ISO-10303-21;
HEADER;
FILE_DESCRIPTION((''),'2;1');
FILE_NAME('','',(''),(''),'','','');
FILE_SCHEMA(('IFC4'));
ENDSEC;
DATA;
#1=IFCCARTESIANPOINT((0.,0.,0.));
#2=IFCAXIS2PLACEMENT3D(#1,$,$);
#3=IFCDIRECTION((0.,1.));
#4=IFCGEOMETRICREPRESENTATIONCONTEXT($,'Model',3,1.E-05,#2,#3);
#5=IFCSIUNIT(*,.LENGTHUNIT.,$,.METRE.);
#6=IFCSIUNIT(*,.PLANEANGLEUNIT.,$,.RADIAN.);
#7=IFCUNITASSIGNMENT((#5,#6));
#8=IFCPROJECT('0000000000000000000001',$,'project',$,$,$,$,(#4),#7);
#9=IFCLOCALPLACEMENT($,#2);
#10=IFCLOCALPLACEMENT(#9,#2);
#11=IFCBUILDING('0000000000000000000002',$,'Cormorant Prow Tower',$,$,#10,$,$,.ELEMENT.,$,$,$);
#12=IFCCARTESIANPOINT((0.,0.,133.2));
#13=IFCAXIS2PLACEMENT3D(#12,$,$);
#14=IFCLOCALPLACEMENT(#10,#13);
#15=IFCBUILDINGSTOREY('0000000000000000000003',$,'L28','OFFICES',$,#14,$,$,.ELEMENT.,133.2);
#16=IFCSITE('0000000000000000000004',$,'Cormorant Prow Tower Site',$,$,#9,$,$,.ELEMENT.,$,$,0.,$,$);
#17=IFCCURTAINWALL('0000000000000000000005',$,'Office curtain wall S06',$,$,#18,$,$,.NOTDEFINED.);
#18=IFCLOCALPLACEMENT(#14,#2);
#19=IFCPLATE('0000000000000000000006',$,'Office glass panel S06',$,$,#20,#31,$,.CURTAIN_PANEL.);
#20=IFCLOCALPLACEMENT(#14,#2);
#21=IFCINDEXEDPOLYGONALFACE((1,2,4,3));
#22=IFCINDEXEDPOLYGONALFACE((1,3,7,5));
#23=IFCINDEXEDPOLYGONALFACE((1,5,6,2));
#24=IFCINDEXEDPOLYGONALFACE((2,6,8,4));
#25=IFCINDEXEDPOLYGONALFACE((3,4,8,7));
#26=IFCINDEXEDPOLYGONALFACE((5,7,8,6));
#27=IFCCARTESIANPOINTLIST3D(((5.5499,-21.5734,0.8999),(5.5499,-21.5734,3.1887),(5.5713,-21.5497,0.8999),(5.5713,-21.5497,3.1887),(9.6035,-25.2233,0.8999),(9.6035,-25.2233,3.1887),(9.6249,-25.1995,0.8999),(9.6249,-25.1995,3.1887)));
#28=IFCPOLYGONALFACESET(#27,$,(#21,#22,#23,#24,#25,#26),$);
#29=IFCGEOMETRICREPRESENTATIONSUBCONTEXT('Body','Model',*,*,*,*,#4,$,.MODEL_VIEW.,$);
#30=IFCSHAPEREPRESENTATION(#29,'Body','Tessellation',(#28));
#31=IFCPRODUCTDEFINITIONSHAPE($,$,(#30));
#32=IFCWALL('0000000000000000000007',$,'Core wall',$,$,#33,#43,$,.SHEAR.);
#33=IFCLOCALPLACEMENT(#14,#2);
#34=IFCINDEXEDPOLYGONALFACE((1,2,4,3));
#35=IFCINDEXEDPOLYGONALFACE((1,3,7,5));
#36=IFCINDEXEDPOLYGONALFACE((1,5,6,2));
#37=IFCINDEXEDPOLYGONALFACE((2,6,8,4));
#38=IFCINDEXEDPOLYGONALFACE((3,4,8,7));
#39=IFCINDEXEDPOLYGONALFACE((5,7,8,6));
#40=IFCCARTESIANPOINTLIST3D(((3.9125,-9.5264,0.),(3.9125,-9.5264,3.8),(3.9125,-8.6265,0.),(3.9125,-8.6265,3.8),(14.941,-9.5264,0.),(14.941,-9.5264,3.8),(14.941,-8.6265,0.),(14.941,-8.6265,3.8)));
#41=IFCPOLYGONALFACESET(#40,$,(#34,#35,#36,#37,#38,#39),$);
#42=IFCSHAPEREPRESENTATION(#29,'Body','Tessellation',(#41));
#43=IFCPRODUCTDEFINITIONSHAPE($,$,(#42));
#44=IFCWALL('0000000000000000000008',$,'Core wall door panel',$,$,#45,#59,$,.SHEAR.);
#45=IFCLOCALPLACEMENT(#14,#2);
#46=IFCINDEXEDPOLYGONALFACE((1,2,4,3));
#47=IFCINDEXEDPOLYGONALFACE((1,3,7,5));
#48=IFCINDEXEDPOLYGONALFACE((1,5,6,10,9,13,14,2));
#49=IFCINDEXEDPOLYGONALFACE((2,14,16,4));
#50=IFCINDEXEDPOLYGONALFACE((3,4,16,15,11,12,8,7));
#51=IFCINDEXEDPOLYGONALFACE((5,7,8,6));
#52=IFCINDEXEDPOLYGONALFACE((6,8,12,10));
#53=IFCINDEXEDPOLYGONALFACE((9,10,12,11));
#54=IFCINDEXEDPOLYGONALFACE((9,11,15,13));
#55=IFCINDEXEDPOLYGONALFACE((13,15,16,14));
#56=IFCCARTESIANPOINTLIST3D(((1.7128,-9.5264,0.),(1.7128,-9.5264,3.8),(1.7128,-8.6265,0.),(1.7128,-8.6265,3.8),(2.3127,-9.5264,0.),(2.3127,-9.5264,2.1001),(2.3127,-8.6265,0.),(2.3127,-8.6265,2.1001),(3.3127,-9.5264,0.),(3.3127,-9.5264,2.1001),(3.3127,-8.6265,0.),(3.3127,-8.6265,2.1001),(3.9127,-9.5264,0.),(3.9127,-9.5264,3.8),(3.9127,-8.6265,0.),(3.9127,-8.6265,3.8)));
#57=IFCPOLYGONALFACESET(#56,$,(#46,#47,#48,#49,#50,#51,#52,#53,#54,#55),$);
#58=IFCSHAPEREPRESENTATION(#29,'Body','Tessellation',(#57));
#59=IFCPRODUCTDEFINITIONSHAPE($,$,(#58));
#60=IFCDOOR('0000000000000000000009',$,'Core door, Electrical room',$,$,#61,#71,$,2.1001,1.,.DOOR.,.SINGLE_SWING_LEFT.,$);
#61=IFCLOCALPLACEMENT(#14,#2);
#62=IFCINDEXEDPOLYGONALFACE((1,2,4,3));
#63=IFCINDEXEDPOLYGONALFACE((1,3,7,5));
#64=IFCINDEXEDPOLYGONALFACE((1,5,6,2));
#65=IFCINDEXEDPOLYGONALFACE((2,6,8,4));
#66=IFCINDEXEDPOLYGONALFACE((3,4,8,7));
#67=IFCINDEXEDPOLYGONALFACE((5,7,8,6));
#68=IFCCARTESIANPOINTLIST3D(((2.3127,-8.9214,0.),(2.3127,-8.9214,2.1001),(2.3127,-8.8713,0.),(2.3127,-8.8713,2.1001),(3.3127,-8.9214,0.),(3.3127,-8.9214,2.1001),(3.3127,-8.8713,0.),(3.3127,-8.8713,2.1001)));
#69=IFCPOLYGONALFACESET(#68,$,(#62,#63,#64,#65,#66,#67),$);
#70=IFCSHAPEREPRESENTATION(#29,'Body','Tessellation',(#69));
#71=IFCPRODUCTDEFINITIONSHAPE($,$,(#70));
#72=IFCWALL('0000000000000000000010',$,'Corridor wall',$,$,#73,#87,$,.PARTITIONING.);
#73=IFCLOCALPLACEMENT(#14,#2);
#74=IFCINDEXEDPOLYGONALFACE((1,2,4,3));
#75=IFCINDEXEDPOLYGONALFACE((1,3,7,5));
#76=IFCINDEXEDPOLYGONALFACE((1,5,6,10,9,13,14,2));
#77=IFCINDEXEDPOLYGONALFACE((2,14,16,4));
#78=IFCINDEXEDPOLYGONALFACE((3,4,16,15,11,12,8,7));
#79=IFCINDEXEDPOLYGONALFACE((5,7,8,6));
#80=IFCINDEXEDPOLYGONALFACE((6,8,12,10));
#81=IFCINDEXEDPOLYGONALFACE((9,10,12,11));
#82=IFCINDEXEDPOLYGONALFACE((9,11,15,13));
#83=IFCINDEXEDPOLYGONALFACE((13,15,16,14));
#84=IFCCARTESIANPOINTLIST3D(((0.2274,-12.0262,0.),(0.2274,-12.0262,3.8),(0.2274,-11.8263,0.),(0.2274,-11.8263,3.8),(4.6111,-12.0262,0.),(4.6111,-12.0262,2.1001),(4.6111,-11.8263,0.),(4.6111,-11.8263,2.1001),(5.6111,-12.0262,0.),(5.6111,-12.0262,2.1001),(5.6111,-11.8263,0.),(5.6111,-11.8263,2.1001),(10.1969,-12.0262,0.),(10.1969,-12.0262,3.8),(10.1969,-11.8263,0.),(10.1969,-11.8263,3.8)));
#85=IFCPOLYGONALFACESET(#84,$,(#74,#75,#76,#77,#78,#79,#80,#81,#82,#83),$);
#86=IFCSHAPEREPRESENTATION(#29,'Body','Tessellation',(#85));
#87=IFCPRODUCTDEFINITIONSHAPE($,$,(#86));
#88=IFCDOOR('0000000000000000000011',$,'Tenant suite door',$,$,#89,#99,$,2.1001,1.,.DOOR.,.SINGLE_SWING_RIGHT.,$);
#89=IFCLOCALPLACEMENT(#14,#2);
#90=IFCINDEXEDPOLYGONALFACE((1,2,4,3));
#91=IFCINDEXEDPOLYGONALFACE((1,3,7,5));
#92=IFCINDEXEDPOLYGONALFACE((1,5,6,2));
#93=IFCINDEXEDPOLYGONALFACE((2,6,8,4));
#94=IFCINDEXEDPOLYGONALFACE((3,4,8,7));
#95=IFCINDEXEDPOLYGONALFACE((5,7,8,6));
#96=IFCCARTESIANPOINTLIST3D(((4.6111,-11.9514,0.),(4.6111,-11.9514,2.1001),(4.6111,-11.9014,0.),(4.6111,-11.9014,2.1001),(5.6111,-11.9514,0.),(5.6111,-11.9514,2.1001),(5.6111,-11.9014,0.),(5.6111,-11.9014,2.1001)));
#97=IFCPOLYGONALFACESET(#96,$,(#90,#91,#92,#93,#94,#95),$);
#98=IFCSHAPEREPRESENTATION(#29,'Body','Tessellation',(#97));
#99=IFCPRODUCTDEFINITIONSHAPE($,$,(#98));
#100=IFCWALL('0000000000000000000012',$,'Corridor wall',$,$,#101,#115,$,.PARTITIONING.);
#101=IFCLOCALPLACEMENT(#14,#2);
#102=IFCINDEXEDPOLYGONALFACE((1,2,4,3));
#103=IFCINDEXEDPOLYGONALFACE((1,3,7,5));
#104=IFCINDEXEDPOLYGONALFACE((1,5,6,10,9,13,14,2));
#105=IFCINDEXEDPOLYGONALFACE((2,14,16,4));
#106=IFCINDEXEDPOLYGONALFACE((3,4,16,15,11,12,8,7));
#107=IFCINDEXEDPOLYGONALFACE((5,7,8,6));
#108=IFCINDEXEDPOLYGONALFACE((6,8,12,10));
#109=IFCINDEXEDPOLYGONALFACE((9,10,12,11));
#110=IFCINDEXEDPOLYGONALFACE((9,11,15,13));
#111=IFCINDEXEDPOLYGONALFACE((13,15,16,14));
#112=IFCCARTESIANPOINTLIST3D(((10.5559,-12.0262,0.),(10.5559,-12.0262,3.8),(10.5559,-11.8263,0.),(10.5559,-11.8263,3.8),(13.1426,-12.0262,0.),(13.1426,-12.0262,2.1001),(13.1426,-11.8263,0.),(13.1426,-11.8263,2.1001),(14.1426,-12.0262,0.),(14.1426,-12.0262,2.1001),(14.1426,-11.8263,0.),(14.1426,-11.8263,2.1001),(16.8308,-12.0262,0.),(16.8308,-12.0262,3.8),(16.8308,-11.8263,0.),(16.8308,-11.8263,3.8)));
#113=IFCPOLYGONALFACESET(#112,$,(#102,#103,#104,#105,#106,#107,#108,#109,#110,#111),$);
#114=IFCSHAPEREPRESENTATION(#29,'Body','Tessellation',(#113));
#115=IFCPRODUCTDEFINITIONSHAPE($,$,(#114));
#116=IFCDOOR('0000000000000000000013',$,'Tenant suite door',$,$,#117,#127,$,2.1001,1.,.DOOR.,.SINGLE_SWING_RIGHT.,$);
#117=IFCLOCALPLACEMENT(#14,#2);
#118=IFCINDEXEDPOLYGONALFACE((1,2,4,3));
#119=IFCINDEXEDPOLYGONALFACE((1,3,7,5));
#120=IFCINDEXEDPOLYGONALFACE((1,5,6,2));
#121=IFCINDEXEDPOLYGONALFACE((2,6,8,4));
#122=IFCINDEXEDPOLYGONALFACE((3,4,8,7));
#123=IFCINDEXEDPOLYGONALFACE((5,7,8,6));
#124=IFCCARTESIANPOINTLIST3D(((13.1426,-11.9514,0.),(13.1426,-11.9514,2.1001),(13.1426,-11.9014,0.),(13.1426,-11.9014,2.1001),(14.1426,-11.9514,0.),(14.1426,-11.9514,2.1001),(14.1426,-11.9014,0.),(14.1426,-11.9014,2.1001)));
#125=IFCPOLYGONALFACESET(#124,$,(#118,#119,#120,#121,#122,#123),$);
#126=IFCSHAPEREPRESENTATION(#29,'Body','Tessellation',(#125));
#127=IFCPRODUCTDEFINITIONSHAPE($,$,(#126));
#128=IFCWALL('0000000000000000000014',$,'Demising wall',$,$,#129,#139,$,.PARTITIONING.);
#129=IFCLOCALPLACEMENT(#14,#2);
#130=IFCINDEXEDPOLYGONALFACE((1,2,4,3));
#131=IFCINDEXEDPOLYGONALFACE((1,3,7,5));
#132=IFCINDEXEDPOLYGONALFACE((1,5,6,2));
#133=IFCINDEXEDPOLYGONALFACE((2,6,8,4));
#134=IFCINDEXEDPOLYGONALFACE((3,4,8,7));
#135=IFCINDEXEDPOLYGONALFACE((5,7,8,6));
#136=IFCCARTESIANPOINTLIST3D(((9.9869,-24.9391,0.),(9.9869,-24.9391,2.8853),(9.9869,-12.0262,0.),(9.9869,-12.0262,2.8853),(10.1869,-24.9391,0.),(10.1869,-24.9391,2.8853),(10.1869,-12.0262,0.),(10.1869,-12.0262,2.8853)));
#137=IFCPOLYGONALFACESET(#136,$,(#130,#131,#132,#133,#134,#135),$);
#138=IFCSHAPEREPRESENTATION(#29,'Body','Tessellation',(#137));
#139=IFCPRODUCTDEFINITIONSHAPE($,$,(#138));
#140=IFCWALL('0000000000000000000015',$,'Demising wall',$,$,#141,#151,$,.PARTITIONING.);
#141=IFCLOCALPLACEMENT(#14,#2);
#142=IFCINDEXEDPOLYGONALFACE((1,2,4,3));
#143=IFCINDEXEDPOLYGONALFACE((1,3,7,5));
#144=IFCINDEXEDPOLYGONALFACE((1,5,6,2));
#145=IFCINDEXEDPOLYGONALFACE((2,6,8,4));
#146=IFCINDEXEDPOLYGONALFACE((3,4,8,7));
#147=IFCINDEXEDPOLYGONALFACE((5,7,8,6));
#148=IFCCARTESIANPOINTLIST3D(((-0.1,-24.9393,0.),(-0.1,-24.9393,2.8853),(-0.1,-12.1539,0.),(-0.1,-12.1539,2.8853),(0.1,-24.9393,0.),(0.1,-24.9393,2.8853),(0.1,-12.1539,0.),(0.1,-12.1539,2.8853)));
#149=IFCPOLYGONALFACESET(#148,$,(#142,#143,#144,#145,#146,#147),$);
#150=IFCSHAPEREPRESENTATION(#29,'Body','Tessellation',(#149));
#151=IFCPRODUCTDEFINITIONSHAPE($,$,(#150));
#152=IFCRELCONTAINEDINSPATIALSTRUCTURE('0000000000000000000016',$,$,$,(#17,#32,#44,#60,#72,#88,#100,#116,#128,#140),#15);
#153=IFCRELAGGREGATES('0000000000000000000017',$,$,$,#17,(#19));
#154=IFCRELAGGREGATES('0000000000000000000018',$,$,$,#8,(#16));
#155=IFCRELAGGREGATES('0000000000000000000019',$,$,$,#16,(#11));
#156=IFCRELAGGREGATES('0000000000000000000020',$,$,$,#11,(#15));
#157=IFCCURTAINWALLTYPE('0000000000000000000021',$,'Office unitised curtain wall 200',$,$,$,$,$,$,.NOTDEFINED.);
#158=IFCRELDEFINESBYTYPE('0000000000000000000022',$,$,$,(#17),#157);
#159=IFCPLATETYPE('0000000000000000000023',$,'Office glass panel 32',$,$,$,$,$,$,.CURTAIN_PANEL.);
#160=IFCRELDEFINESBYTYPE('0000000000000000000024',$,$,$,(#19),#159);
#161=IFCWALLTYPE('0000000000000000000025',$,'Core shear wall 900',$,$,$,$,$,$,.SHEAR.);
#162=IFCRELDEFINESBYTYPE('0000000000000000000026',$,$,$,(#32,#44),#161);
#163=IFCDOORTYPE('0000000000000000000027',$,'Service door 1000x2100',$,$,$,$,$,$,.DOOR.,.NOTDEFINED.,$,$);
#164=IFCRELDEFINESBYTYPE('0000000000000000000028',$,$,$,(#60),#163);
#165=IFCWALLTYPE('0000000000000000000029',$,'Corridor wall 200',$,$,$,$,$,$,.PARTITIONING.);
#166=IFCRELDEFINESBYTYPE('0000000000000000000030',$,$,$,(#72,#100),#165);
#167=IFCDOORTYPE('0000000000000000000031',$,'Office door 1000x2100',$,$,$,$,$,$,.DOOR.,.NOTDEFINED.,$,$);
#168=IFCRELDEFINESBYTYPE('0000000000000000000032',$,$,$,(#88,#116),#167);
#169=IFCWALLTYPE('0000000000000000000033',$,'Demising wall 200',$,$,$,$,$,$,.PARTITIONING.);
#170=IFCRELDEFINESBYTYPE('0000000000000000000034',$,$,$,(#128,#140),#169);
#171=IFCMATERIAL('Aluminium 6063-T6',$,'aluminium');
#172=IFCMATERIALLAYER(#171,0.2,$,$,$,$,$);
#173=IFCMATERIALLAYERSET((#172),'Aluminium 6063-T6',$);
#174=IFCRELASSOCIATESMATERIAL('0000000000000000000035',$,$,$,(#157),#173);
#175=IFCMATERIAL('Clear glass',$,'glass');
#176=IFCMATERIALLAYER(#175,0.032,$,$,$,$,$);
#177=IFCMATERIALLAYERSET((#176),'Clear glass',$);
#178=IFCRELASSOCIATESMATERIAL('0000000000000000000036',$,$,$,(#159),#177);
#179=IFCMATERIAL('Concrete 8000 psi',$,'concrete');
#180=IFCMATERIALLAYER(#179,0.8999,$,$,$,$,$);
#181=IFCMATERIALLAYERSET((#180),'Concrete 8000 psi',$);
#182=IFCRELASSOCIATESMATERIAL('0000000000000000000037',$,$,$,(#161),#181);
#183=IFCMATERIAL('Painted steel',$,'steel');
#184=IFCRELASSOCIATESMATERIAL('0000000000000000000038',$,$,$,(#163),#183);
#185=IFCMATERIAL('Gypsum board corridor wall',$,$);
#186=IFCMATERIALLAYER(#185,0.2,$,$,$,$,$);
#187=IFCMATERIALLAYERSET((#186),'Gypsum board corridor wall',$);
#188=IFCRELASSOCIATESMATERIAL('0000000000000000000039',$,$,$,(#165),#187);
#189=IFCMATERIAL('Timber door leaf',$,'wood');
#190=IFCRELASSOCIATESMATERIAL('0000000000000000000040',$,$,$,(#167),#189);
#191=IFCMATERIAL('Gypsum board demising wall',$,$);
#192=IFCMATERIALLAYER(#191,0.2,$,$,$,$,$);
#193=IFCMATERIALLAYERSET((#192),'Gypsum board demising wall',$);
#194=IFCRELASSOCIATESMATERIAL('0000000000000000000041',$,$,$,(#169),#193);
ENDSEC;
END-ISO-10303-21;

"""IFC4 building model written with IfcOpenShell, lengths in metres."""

from ifc_helpers import new_model, si_unit, direction, frame, frame_2d, origin, origin_2d, place, context, subcontext, project, spatial, rectangle, extrude, material, layer, layer_set, type_object, element, fill, aggregate, save


model = new_model("IFC4")

# Units and contexts
model_context = context("Model", 3, precision=1e-05, world=origin(), true_north=direction((0.0, 1.0)))
body_context = subcontext(model_context, "Body", "Model", "MODEL_VIEW")
ifc_project = project(units=[si_unit("LENGTHUNIT", "METRE"), si_unit("PLANEANGLEUNIT", "RADIAN")], contexts=[model_context])

# Site, building, storey
site_placement = place(None, origin())
site = spatial("IfcSite", under=ifc_project, at=site_placement, Name="Cormorant Prow Tower Site", CompositionType="ELEMENT", RefElevation=0.0)
building_placement = place(site_placement, origin())
building = spatial("IfcBuilding", under=site, at=building_placement, Name="Cormorant Prow Tower", CompositionType="ELEMENT")
storey_placement = place(building_placement, frame((0.0, 0.0, 133.2)))
storey = spatial("IfcBuildingStorey", under=building, at=storey_placement, Name="L28", Description="OFFICES", CompositionType="ELEMENT", Elevation=133.2)

# Curtain wall
ifc_material_1 = material(Name="Aluminium 6063-T6", Category="aluminium")
ifc_layer_1 = layer(ifc_material_1, 0.2)
ifc_layer_set_1 = layer_set([ifc_layer_1], Name="Aluminium 6063-T6")
curtain_wall_type = type_object("IfcCurtainWallType", Name="Office unitised curtain wall 200", PredefinedType="NOTDEFINED", material=ifc_layer_set_1)
curtain_wall_placement = place(storey_placement, origin())
curtain_wall = element("IfcCurtainWall", 1, at=curtain_wall_placement, inside=storey, type_object=curtain_wall_type, Name="Office curtain wall S06", PredefinedType="NOTDEFINED")

# Plate
ifc_material_2 = material(Name="Clear glass", Category="glass")
ifc_layer_2 = layer(ifc_material_2, 0.032)
ifc_layer_set_2 = layer_set([ifc_layer_2], Name="Clear glass")
plate_type = type_object("IfcPlateType", Name="Office glass panel 32", PredefinedType="CURTAIN_PANEL", material=ifc_layer_set_2)
plate_placement = place(storey_placement, frame((7.5874, -23.3865, 0.8999), z_axis=(0.0, 0.0, 1.0), x_axis=(0.743145, -0.669131, 0.0)))
plate = element("IfcPlate", 2, at=plate_placement, type_object=plate_type, Name="Office glass panel S06", PredefinedType="CURTAIN_PANEL", context=body_context, shape_type="SweptSolid", body=[
    extrude(rectangle(XDim=5.4546, YDim=0.032, at=origin_2d()), origin(), (0.0, 0.0, 1.0), 2.2888),
])
aggregate(curtain_wall, [plate])

# Wall
ifc_material_3 = material(Name="Concrete 8000 psi", Category="concrete")
ifc_layer_3 = layer(ifc_material_3, 0.8999)
ifc_layer_set_3 = layer_set([ifc_layer_3], Name="Concrete 8000 psi")
wall_type_1 = type_object("IfcWallType", Name="Core shear wall 900", PredefinedType="SHEAR", material=ifc_layer_set_3)
wall_1_placement = place(storey_placement, frame((3.9126, -9.0764, 0.0), z_axis=(0.0, 0.0, 1.0), x_axis=(1.0, 0.0, 0.0)))
element("IfcWall", 3, at=wall_1_placement, inside=storey, type_object=wall_type_1, Name="Core wall", PredefinedType="SHEAR", context=body_context, shape_type="SweptSolid", body=[
    extrude(rectangle(XDim=11.0286, YDim=0.8999, at=frame_2d((5.5142, 0.0))), origin(), (0.0, 0.0, 1.0), 3.8),
])

# Walls, openings, doors
wall_2_placement = place(storey_placement, frame((1.7126, -9.0764, 0.0), z_axis=(0.0, 0.0, 1.0), x_axis=(1.0, 0.0, 0.0)))
wall_2 = element("IfcWall", 4, at=wall_2_placement, inside=storey, type_object=wall_type_1, Name="Core wall door panel", PredefinedType="SHEAR", context=body_context, shape_type="SweptSolid", body=[
    extrude(rectangle(XDim=2.2, YDim=0.8999, at=frame_2d((1.1001, 0.0))), origin(), (0.0, 0.0, 1.0), 3.8),
])
opening_1_placement = place(wall_2_placement, frame((0.6001, 0.0, 0.0)))
opening_1 = element("IfcOpeningElement", 5, at=opening_1_placement, cuts=wall_2, PredefinedType="OPENING", context=body_context, shape_type="SweptSolid", body=[
    extrude(rectangle(XDim=1.0, YDim=2.1001, at=frame_2d((0.5, 1.05))), frame((0.0, 0.46, 0.0), z_axis=(0.0, -1.0, 0.0), x_axis=(1.0, 0.0, 0.0)), (0.0, 0.0, 1.0), 0.9199),
])
ifc_material_4 = material(Name="Painted steel", Category="steel")
door_type_1 = type_object("IfcDoorType", Name="Service door 1000x2100", OperationType="NOTDEFINED", PredefinedType="DOOR", material=ifc_material_4)
door_1_placement = place(opening_1_placement, origin())
door_1 = element("IfcDoor", 6, at=door_1_placement, inside=storey, type_object=door_type_1, Name="Core door, Electrical room", OperationType="SINGLE_SWING_LEFT", OverallHeight=2.1001, OverallWidth=1.0, PredefinedType="DOOR", context=body_context, shape_type="SweptSolid", body=[
    extrude(rectangle(XDim=1.0, YDim=2.1001, at=frame_2d((0.5, 1.05))), frame((0.0, 0.2051, 0.0), z_axis=(0.0, -1.0, 0.0), x_axis=(1.0, 0.0, 0.0)), (0.0, 0.0, 1.0), 0.05),
])
fill(opening_1, door_1)
ifc_material_5 = material(Name="Gypsum board corridor wall")
ifc_layer_4 = layer(ifc_material_5, 0.2)
ifc_layer_set_4 = layer_set([ifc_layer_4], Name="Gypsum board corridor wall")
wall_type_2 = type_object("IfcWallType", Name="Corridor wall 200", PredefinedType="PARTITIONING", material=ifc_layer_set_4)
wall_3_placement = place(storey_placement, frame((0.2273, -11.9263, 0.0), z_axis=(0.0, 0.0, 1.0), x_axis=(1.0, 0.0, 0.0)))
wall_3 = element("IfcWall", 7, at=wall_3_placement, inside=storey, type_object=wall_type_2, Name="Corridor wall", PredefinedType="PARTITIONING", context=body_context, shape_type="SweptSolid", body=[
    extrude(rectangle(XDim=9.9695, YDim=0.2, at=frame_2d((4.9849, 0.0))), origin(), (0.0, 0.0, 1.0), 3.8),
])
opening_2_placement = place(wall_3_placement, frame((4.3838, 0.0, 0.0)))
opening_2 = element("IfcOpeningElement", 8, at=opening_2_placement, cuts=wall_3, PredefinedType="OPENING", context=body_context, shape_type="SweptSolid", body=[
    extrude(rectangle(XDim=1.0, YDim=2.1001, at=frame_2d((0.5, 1.05))), frame((0.0, 0.1099, 0.0), z_axis=(0.0, -1.0, 0.0), x_axis=(1.0, 0.0, 0.0)), (0.0, 0.0, 1.0), 0.22),
])
ifc_material_6 = material(Name="Timber door leaf", Category="wood")
door_type_2 = type_object("IfcDoorType", Name="Office door 1000x2100", OperationType="NOTDEFINED", PredefinedType="DOOR", material=ifc_material_6)
door_2_placement = place(opening_2_placement, origin())
door_2 = element("IfcDoor", 9, at=door_2_placement, inside=storey, type_object=door_type_2, Name="Tenant suite door", OperationType="SINGLE_SWING_RIGHT", OverallHeight=2.1001, OverallWidth=1.0, PredefinedType="DOOR", context=body_context, shape_type="SweptSolid", body=[
    extrude(rectangle(XDim=1.0, YDim=2.1001, at=frame_2d((0.5, 1.05))), frame((0.0, 0.0249, 0.0), z_axis=(0.0, -1.0, 0.0), x_axis=(1.0, 0.0, 0.0)), (0.0, 0.0, 1.0), 0.05),
])
fill(opening_2, door_2)
wall_4_placement = place(storey_placement, frame((10.5559, -11.9263, 0.0), z_axis=(0.0, 0.0, 1.0), x_axis=(1.0, 0.0, 0.0)))
wall_4 = element("IfcWall", 10, at=wall_4_placement, inside=storey, type_object=wall_type_2, Name="Corridor wall", PredefinedType="PARTITIONING", context=body_context, shape_type="SweptSolid", body=[
    extrude(rectangle(XDim=6.2749, YDim=0.2, at=frame_2d((3.1375, 0.0))), origin(), (0.0, 0.0, 1.0), 3.8),
])
opening_3_placement = place(wall_4_placement, frame((2.5867, 0.0, 0.0)))
opening_3 = element("IfcOpeningElement", 11, at=opening_3_placement, cuts=wall_4, PredefinedType="OPENING", context=body_context, shape_type="SweptSolid", body=[
    extrude(rectangle(XDim=1.0, YDim=2.1001, at=frame_2d((0.5, 1.05))), frame((0.0, 0.1099, 0.0), z_axis=(0.0, -1.0, 0.0), x_axis=(1.0, 0.0, 0.0)), (0.0, 0.0, 1.0), 0.22),
])
door_3_placement = place(opening_3_placement, origin())
door_3 = element("IfcDoor", 12, at=door_3_placement, inside=storey, type_object=door_type_2, Name="Tenant suite door", OperationType="SINGLE_SWING_RIGHT", OverallHeight=2.1001, OverallWidth=1.0, PredefinedType="DOOR", context=body_context, shape_type="SweptSolid", body=[
    extrude(rectangle(XDim=1.0, YDim=2.1001, at=frame_2d((0.5, 1.05))), frame((0.0, 0.0249, 0.0), z_axis=(0.0, -1.0, 0.0), x_axis=(1.0, 0.0, 0.0)), (0.0, 0.0, 1.0), 0.05),
])
fill(opening_3, door_3)

# Walls
ifc_material_7 = material(Name="Gypsum board demising wall")
ifc_layer_5 = layer(ifc_material_7, 0.2)
ifc_layer_set_5 = layer_set([ifc_layer_5], Name="Gypsum board demising wall")
wall_type_3 = type_object("IfcWallType", Name="Demising wall 200", PredefinedType="PARTITIONING", material=ifc_layer_set_5)
wall_5_placement = place(storey_placement, frame((10.0869, -24.9392, 0.0), z_axis=(0.0, 0.0, 1.0), x_axis=(0.0, 1.0, 0.0)))
element("IfcWall", 13, at=wall_5_placement, inside=storey, type_object=wall_type_3, Name="Demising wall", PredefinedType="PARTITIONING", context=body_context, shape_type="SweptSolid", body=[
    extrude(rectangle(XDim=12.9128, YDim=0.2, at=frame_2d((6.4565, 0.0))), origin(), (0.0, 0.0, 1.0), 2.8853),
])
wall_6_placement = place(storey_placement, frame((0.0, -24.9392, 0.0), z_axis=(0.0, 0.0, 1.0), x_axis=(0.0, 1.0, 0.0)))
element("IfcWall", 14, at=wall_6_placement, inside=storey, type_object=wall_type_3, Name="Demising wall", PredefinedType="PARTITIONING", context=body_context, shape_type="SweptSolid", body=[
    extrude(rectangle(XDim=12.7854, YDim=0.2, at=frame_2d((6.3926, 0.0))), origin(), (0.0, 0.0, 1.0), 2.8853),
])

save(model, "model.ifc")
